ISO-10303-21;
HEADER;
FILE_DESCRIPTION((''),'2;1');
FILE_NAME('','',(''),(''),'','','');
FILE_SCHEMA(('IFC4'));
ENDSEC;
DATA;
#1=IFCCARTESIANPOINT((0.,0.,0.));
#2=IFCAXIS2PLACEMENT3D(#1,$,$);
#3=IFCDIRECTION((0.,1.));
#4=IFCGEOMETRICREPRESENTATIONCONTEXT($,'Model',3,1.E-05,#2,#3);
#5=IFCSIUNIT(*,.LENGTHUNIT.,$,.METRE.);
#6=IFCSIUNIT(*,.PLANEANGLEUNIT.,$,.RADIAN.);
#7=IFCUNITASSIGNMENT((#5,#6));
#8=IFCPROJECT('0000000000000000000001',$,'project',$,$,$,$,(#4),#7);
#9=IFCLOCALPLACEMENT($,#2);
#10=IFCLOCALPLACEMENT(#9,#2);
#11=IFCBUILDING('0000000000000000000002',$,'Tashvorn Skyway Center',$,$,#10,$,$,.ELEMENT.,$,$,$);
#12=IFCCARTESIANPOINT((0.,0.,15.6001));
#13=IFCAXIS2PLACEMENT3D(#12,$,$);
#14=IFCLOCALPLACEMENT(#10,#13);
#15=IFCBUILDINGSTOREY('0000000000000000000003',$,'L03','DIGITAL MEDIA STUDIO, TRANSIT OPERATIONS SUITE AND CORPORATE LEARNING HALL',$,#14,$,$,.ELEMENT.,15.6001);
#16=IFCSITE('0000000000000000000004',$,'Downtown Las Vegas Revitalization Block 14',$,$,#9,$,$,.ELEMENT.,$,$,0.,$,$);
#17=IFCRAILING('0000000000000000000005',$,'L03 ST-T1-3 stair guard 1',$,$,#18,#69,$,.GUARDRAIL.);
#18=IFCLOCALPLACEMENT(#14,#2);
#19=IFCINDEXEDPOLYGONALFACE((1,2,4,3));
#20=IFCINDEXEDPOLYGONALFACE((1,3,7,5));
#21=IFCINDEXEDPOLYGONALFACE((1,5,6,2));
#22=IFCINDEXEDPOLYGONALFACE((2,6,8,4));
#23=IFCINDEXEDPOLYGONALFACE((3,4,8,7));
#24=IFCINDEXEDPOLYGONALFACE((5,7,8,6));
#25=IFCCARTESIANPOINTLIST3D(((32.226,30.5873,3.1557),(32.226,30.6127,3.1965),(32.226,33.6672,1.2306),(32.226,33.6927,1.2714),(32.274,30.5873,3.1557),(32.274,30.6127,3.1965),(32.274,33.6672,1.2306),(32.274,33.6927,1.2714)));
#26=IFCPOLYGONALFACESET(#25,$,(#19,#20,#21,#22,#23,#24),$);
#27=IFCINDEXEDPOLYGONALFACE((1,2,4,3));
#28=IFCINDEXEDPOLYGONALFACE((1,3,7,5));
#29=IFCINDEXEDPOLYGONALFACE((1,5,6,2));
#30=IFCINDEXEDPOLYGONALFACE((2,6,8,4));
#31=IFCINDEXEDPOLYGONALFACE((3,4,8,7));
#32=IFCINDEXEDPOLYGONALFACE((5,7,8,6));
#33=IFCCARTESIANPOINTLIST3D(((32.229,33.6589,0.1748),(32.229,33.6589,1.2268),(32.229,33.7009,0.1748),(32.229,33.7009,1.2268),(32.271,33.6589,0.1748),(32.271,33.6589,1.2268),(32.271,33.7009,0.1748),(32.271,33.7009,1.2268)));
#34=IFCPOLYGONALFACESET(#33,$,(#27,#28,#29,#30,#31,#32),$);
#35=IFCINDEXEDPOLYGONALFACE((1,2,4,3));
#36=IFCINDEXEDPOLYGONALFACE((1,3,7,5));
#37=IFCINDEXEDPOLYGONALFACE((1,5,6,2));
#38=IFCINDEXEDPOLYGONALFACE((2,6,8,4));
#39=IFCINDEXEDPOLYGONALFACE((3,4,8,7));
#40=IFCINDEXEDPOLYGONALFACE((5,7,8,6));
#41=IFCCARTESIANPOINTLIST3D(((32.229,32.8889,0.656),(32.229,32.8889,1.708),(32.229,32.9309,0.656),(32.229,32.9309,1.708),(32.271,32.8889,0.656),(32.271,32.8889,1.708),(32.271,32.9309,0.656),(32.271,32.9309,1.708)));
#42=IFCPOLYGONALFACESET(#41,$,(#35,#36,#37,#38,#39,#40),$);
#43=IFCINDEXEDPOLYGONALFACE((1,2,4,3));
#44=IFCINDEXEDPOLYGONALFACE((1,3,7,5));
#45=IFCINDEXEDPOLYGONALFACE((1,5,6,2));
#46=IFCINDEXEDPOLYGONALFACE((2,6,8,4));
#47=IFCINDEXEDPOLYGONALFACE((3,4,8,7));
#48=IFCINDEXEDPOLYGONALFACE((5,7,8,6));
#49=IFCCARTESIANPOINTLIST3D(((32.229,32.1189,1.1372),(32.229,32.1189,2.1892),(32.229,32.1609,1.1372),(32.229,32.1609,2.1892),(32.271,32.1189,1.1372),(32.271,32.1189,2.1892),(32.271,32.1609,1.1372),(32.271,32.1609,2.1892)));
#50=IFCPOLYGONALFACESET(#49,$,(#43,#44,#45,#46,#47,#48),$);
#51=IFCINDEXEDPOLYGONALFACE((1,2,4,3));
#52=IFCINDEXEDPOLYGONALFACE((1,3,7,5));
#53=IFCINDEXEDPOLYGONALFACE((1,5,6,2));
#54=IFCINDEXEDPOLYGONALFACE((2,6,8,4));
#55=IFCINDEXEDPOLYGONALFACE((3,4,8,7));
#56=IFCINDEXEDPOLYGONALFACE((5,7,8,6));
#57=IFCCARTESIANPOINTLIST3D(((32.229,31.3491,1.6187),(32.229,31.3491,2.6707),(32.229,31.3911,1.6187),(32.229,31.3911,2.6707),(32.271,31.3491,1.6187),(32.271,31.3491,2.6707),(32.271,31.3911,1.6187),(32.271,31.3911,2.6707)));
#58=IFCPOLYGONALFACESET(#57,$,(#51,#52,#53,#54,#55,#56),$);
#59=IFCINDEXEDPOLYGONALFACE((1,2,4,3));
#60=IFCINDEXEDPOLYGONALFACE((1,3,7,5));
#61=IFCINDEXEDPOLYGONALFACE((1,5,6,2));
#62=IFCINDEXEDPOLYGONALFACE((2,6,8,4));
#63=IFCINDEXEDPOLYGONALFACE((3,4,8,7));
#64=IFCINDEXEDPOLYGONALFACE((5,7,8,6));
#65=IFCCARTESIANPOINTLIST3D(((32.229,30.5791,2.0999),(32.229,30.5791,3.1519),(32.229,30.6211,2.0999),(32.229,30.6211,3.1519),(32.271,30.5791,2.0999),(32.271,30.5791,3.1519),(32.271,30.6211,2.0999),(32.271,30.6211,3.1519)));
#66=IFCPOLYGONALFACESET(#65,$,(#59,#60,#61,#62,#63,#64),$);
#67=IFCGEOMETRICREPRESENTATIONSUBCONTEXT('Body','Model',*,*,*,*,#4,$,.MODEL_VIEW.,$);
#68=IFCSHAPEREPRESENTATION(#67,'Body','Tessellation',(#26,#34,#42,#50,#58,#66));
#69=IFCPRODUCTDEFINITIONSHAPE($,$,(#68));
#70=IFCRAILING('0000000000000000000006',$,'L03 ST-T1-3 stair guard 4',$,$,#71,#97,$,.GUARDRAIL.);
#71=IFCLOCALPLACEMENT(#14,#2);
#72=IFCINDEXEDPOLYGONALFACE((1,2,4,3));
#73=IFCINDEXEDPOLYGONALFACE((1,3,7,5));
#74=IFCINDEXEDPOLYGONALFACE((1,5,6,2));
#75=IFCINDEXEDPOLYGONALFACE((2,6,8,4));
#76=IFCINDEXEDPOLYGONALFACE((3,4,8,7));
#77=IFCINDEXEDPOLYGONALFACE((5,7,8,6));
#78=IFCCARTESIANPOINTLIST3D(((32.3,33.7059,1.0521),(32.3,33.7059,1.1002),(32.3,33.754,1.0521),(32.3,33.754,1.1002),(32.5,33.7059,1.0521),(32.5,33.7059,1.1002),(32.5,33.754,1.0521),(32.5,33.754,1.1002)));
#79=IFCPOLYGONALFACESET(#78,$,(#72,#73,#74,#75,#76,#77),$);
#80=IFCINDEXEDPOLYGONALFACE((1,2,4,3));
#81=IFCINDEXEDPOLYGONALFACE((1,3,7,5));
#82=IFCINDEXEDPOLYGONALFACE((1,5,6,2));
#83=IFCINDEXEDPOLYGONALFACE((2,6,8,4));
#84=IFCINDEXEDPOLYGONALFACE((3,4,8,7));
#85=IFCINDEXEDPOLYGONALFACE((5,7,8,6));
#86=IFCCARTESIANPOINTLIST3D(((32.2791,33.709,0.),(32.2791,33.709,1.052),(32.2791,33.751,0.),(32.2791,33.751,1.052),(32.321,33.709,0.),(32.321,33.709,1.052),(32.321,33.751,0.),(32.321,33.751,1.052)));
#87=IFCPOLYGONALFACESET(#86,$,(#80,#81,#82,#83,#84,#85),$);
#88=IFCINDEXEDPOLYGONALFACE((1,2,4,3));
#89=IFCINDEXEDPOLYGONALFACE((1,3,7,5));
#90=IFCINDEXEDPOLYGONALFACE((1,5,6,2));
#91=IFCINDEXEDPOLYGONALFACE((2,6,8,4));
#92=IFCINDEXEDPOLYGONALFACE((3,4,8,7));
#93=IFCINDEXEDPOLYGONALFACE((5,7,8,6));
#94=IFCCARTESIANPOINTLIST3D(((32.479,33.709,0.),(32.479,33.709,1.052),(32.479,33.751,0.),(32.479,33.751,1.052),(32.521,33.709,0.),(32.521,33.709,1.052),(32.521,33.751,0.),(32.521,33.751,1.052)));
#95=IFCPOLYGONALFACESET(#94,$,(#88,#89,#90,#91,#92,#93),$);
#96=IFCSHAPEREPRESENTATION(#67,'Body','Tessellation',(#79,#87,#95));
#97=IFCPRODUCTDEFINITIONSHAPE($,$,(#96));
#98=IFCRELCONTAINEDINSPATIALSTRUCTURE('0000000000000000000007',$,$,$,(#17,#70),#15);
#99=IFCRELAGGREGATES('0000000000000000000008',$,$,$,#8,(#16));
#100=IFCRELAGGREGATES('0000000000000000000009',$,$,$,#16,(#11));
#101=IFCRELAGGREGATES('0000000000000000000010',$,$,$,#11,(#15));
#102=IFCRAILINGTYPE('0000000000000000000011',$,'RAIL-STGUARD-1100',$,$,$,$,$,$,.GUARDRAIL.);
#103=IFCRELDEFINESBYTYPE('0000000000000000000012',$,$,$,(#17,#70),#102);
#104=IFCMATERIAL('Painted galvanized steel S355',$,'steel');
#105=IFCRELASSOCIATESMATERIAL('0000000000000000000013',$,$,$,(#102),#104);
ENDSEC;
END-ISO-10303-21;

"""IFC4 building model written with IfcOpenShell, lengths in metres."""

from ifc_helpers import new_model, si_unit, direction, frame, origin, origin_2d, place, context, subcontext, project, spatial, rectangle, extrude, material, type_object, element, save


model = new_model("IFC4")

# Units and contexts
model_context = context("Model", 3, precision=1e-05, world=origin(), true_north=direction((0.0, 1.0)))
body_context = subcontext(model_context, "Body", "Model", "MODEL_VIEW")
ifc_project = project(units=[si_unit("LENGTHUNIT", "METRE"), si_unit("PLANEANGLEUNIT", "RADIAN")], contexts=[model_context])

# Site, building, storey
site_placement = place(None, origin())
site = spatial("IfcSite", under=ifc_project, at=site_placement, Name="Downtown Las Vegas Revitalization Block 14", CompositionType="ELEMENT", RefElevation=0.0)
building_placement = place(site_placement, origin())
building = spatial("IfcBuilding", under=site, at=building_placement, Name="Tashvorn Skyway Center", CompositionType="ELEMENT")
storey_placement = place(building_placement, frame((0.0, 0.0, 15.6001)))
storey = spatial("IfcBuildingStorey", under=building, at=storey_placement, Name="L03", Description="DIGITAL MEDIA STUDIO, TRANSIT OPERATIONS SUITE AND CORPORATE LEARNING HALL", CompositionType="ELEMENT", Elevation=15.6001)

# Railings
ifc_material_1 = material(Name="Painted galvanized steel S355", Category="steel")
railing_type_1 = type_object("IfcRailingType", Name="RAIL-STGUARD-1100", PredefinedType="GUARDRAIL", material=ifc_material_1)
railing_1_placement = place(storey_placement, frame((32.25, 33.6799, 0.1748)))
element("IfcRailing", 1, at=railing_1_placement, inside=storey, type_object=railing_type_1, Name="L03 ST-T1-3 stair guard 1", PredefinedType="GUARDRAIL", context=body_context, shape_type="SweptSolid", body=[
    extrude(rectangle(XDim=0.0481, YDim=0.0481, at=origin_2d()), frame((0.0, 0.0, 1.0762), z_axis=(0.0, -0.847979, 0.530029), x_axis=(1.0, 0.0, 0.0)), (0.0, 0.0, 1.0), 3.6321),
    extrude(rectangle(XDim=0.042, YDim=0.042, at=origin_2d()), origin(), (0.0, 0.0, 1.0), 1.052),
    extrude(rectangle(XDim=0.042, YDim=0.042, at=origin_2d()), frame((0.0, -0.77, 0.4812)), (0.0, 0.0, 1.0), 1.052),
    extrude(rectangle(XDim=0.042, YDim=0.042, at=origin_2d()), frame((0.0, -1.54, 0.9624)), (0.0, 0.0, 1.0), 1.052),
    extrude(rectangle(XDim=0.042, YDim=0.042, at=origin_2d()), frame((0.0, -2.3098, 1.4438)), (0.0, 0.0, 1.0), 1.052),
    extrude(rectangle(XDim=0.042, YDim=0.042, at=origin_2d()), frame((0.0, -3.0798, 1.925)), (0.0, 0.0, 1.0), 1.052),
])
railing_2_placement = place(storey_placement, frame((32.3, 33.73, 0.0)))
element("IfcRailing", 2, at=railing_2_placement, inside=storey, type_object=railing_type_1, Name="L03 ST-T1-3 stair guard 4", PredefinedType="GUARDRAIL", context=body_context, shape_type="SweptSolid", body=[
    extrude(rectangle(XDim=0.0481, YDim=0.0481, at=origin_2d()), frame((0.0, 0.0, 1.0762), z_axis=(1.0, 0.0, 0.0), x_axis=(0.0, 1.0, 0.0)), (0.0, 0.0, 1.0), 0.2),
    extrude(rectangle(XDim=0.042, YDim=0.042, at=origin_2d()), origin(), (0.0, 0.0, 1.0), 1.052),
    extrude(rectangle(XDim=0.042, YDim=0.042, at=origin_2d()), frame((0.2, 0.0, 0.0)), (0.0, 0.0, 1.0), 1.052),
])

save(model, "model.ifc")
